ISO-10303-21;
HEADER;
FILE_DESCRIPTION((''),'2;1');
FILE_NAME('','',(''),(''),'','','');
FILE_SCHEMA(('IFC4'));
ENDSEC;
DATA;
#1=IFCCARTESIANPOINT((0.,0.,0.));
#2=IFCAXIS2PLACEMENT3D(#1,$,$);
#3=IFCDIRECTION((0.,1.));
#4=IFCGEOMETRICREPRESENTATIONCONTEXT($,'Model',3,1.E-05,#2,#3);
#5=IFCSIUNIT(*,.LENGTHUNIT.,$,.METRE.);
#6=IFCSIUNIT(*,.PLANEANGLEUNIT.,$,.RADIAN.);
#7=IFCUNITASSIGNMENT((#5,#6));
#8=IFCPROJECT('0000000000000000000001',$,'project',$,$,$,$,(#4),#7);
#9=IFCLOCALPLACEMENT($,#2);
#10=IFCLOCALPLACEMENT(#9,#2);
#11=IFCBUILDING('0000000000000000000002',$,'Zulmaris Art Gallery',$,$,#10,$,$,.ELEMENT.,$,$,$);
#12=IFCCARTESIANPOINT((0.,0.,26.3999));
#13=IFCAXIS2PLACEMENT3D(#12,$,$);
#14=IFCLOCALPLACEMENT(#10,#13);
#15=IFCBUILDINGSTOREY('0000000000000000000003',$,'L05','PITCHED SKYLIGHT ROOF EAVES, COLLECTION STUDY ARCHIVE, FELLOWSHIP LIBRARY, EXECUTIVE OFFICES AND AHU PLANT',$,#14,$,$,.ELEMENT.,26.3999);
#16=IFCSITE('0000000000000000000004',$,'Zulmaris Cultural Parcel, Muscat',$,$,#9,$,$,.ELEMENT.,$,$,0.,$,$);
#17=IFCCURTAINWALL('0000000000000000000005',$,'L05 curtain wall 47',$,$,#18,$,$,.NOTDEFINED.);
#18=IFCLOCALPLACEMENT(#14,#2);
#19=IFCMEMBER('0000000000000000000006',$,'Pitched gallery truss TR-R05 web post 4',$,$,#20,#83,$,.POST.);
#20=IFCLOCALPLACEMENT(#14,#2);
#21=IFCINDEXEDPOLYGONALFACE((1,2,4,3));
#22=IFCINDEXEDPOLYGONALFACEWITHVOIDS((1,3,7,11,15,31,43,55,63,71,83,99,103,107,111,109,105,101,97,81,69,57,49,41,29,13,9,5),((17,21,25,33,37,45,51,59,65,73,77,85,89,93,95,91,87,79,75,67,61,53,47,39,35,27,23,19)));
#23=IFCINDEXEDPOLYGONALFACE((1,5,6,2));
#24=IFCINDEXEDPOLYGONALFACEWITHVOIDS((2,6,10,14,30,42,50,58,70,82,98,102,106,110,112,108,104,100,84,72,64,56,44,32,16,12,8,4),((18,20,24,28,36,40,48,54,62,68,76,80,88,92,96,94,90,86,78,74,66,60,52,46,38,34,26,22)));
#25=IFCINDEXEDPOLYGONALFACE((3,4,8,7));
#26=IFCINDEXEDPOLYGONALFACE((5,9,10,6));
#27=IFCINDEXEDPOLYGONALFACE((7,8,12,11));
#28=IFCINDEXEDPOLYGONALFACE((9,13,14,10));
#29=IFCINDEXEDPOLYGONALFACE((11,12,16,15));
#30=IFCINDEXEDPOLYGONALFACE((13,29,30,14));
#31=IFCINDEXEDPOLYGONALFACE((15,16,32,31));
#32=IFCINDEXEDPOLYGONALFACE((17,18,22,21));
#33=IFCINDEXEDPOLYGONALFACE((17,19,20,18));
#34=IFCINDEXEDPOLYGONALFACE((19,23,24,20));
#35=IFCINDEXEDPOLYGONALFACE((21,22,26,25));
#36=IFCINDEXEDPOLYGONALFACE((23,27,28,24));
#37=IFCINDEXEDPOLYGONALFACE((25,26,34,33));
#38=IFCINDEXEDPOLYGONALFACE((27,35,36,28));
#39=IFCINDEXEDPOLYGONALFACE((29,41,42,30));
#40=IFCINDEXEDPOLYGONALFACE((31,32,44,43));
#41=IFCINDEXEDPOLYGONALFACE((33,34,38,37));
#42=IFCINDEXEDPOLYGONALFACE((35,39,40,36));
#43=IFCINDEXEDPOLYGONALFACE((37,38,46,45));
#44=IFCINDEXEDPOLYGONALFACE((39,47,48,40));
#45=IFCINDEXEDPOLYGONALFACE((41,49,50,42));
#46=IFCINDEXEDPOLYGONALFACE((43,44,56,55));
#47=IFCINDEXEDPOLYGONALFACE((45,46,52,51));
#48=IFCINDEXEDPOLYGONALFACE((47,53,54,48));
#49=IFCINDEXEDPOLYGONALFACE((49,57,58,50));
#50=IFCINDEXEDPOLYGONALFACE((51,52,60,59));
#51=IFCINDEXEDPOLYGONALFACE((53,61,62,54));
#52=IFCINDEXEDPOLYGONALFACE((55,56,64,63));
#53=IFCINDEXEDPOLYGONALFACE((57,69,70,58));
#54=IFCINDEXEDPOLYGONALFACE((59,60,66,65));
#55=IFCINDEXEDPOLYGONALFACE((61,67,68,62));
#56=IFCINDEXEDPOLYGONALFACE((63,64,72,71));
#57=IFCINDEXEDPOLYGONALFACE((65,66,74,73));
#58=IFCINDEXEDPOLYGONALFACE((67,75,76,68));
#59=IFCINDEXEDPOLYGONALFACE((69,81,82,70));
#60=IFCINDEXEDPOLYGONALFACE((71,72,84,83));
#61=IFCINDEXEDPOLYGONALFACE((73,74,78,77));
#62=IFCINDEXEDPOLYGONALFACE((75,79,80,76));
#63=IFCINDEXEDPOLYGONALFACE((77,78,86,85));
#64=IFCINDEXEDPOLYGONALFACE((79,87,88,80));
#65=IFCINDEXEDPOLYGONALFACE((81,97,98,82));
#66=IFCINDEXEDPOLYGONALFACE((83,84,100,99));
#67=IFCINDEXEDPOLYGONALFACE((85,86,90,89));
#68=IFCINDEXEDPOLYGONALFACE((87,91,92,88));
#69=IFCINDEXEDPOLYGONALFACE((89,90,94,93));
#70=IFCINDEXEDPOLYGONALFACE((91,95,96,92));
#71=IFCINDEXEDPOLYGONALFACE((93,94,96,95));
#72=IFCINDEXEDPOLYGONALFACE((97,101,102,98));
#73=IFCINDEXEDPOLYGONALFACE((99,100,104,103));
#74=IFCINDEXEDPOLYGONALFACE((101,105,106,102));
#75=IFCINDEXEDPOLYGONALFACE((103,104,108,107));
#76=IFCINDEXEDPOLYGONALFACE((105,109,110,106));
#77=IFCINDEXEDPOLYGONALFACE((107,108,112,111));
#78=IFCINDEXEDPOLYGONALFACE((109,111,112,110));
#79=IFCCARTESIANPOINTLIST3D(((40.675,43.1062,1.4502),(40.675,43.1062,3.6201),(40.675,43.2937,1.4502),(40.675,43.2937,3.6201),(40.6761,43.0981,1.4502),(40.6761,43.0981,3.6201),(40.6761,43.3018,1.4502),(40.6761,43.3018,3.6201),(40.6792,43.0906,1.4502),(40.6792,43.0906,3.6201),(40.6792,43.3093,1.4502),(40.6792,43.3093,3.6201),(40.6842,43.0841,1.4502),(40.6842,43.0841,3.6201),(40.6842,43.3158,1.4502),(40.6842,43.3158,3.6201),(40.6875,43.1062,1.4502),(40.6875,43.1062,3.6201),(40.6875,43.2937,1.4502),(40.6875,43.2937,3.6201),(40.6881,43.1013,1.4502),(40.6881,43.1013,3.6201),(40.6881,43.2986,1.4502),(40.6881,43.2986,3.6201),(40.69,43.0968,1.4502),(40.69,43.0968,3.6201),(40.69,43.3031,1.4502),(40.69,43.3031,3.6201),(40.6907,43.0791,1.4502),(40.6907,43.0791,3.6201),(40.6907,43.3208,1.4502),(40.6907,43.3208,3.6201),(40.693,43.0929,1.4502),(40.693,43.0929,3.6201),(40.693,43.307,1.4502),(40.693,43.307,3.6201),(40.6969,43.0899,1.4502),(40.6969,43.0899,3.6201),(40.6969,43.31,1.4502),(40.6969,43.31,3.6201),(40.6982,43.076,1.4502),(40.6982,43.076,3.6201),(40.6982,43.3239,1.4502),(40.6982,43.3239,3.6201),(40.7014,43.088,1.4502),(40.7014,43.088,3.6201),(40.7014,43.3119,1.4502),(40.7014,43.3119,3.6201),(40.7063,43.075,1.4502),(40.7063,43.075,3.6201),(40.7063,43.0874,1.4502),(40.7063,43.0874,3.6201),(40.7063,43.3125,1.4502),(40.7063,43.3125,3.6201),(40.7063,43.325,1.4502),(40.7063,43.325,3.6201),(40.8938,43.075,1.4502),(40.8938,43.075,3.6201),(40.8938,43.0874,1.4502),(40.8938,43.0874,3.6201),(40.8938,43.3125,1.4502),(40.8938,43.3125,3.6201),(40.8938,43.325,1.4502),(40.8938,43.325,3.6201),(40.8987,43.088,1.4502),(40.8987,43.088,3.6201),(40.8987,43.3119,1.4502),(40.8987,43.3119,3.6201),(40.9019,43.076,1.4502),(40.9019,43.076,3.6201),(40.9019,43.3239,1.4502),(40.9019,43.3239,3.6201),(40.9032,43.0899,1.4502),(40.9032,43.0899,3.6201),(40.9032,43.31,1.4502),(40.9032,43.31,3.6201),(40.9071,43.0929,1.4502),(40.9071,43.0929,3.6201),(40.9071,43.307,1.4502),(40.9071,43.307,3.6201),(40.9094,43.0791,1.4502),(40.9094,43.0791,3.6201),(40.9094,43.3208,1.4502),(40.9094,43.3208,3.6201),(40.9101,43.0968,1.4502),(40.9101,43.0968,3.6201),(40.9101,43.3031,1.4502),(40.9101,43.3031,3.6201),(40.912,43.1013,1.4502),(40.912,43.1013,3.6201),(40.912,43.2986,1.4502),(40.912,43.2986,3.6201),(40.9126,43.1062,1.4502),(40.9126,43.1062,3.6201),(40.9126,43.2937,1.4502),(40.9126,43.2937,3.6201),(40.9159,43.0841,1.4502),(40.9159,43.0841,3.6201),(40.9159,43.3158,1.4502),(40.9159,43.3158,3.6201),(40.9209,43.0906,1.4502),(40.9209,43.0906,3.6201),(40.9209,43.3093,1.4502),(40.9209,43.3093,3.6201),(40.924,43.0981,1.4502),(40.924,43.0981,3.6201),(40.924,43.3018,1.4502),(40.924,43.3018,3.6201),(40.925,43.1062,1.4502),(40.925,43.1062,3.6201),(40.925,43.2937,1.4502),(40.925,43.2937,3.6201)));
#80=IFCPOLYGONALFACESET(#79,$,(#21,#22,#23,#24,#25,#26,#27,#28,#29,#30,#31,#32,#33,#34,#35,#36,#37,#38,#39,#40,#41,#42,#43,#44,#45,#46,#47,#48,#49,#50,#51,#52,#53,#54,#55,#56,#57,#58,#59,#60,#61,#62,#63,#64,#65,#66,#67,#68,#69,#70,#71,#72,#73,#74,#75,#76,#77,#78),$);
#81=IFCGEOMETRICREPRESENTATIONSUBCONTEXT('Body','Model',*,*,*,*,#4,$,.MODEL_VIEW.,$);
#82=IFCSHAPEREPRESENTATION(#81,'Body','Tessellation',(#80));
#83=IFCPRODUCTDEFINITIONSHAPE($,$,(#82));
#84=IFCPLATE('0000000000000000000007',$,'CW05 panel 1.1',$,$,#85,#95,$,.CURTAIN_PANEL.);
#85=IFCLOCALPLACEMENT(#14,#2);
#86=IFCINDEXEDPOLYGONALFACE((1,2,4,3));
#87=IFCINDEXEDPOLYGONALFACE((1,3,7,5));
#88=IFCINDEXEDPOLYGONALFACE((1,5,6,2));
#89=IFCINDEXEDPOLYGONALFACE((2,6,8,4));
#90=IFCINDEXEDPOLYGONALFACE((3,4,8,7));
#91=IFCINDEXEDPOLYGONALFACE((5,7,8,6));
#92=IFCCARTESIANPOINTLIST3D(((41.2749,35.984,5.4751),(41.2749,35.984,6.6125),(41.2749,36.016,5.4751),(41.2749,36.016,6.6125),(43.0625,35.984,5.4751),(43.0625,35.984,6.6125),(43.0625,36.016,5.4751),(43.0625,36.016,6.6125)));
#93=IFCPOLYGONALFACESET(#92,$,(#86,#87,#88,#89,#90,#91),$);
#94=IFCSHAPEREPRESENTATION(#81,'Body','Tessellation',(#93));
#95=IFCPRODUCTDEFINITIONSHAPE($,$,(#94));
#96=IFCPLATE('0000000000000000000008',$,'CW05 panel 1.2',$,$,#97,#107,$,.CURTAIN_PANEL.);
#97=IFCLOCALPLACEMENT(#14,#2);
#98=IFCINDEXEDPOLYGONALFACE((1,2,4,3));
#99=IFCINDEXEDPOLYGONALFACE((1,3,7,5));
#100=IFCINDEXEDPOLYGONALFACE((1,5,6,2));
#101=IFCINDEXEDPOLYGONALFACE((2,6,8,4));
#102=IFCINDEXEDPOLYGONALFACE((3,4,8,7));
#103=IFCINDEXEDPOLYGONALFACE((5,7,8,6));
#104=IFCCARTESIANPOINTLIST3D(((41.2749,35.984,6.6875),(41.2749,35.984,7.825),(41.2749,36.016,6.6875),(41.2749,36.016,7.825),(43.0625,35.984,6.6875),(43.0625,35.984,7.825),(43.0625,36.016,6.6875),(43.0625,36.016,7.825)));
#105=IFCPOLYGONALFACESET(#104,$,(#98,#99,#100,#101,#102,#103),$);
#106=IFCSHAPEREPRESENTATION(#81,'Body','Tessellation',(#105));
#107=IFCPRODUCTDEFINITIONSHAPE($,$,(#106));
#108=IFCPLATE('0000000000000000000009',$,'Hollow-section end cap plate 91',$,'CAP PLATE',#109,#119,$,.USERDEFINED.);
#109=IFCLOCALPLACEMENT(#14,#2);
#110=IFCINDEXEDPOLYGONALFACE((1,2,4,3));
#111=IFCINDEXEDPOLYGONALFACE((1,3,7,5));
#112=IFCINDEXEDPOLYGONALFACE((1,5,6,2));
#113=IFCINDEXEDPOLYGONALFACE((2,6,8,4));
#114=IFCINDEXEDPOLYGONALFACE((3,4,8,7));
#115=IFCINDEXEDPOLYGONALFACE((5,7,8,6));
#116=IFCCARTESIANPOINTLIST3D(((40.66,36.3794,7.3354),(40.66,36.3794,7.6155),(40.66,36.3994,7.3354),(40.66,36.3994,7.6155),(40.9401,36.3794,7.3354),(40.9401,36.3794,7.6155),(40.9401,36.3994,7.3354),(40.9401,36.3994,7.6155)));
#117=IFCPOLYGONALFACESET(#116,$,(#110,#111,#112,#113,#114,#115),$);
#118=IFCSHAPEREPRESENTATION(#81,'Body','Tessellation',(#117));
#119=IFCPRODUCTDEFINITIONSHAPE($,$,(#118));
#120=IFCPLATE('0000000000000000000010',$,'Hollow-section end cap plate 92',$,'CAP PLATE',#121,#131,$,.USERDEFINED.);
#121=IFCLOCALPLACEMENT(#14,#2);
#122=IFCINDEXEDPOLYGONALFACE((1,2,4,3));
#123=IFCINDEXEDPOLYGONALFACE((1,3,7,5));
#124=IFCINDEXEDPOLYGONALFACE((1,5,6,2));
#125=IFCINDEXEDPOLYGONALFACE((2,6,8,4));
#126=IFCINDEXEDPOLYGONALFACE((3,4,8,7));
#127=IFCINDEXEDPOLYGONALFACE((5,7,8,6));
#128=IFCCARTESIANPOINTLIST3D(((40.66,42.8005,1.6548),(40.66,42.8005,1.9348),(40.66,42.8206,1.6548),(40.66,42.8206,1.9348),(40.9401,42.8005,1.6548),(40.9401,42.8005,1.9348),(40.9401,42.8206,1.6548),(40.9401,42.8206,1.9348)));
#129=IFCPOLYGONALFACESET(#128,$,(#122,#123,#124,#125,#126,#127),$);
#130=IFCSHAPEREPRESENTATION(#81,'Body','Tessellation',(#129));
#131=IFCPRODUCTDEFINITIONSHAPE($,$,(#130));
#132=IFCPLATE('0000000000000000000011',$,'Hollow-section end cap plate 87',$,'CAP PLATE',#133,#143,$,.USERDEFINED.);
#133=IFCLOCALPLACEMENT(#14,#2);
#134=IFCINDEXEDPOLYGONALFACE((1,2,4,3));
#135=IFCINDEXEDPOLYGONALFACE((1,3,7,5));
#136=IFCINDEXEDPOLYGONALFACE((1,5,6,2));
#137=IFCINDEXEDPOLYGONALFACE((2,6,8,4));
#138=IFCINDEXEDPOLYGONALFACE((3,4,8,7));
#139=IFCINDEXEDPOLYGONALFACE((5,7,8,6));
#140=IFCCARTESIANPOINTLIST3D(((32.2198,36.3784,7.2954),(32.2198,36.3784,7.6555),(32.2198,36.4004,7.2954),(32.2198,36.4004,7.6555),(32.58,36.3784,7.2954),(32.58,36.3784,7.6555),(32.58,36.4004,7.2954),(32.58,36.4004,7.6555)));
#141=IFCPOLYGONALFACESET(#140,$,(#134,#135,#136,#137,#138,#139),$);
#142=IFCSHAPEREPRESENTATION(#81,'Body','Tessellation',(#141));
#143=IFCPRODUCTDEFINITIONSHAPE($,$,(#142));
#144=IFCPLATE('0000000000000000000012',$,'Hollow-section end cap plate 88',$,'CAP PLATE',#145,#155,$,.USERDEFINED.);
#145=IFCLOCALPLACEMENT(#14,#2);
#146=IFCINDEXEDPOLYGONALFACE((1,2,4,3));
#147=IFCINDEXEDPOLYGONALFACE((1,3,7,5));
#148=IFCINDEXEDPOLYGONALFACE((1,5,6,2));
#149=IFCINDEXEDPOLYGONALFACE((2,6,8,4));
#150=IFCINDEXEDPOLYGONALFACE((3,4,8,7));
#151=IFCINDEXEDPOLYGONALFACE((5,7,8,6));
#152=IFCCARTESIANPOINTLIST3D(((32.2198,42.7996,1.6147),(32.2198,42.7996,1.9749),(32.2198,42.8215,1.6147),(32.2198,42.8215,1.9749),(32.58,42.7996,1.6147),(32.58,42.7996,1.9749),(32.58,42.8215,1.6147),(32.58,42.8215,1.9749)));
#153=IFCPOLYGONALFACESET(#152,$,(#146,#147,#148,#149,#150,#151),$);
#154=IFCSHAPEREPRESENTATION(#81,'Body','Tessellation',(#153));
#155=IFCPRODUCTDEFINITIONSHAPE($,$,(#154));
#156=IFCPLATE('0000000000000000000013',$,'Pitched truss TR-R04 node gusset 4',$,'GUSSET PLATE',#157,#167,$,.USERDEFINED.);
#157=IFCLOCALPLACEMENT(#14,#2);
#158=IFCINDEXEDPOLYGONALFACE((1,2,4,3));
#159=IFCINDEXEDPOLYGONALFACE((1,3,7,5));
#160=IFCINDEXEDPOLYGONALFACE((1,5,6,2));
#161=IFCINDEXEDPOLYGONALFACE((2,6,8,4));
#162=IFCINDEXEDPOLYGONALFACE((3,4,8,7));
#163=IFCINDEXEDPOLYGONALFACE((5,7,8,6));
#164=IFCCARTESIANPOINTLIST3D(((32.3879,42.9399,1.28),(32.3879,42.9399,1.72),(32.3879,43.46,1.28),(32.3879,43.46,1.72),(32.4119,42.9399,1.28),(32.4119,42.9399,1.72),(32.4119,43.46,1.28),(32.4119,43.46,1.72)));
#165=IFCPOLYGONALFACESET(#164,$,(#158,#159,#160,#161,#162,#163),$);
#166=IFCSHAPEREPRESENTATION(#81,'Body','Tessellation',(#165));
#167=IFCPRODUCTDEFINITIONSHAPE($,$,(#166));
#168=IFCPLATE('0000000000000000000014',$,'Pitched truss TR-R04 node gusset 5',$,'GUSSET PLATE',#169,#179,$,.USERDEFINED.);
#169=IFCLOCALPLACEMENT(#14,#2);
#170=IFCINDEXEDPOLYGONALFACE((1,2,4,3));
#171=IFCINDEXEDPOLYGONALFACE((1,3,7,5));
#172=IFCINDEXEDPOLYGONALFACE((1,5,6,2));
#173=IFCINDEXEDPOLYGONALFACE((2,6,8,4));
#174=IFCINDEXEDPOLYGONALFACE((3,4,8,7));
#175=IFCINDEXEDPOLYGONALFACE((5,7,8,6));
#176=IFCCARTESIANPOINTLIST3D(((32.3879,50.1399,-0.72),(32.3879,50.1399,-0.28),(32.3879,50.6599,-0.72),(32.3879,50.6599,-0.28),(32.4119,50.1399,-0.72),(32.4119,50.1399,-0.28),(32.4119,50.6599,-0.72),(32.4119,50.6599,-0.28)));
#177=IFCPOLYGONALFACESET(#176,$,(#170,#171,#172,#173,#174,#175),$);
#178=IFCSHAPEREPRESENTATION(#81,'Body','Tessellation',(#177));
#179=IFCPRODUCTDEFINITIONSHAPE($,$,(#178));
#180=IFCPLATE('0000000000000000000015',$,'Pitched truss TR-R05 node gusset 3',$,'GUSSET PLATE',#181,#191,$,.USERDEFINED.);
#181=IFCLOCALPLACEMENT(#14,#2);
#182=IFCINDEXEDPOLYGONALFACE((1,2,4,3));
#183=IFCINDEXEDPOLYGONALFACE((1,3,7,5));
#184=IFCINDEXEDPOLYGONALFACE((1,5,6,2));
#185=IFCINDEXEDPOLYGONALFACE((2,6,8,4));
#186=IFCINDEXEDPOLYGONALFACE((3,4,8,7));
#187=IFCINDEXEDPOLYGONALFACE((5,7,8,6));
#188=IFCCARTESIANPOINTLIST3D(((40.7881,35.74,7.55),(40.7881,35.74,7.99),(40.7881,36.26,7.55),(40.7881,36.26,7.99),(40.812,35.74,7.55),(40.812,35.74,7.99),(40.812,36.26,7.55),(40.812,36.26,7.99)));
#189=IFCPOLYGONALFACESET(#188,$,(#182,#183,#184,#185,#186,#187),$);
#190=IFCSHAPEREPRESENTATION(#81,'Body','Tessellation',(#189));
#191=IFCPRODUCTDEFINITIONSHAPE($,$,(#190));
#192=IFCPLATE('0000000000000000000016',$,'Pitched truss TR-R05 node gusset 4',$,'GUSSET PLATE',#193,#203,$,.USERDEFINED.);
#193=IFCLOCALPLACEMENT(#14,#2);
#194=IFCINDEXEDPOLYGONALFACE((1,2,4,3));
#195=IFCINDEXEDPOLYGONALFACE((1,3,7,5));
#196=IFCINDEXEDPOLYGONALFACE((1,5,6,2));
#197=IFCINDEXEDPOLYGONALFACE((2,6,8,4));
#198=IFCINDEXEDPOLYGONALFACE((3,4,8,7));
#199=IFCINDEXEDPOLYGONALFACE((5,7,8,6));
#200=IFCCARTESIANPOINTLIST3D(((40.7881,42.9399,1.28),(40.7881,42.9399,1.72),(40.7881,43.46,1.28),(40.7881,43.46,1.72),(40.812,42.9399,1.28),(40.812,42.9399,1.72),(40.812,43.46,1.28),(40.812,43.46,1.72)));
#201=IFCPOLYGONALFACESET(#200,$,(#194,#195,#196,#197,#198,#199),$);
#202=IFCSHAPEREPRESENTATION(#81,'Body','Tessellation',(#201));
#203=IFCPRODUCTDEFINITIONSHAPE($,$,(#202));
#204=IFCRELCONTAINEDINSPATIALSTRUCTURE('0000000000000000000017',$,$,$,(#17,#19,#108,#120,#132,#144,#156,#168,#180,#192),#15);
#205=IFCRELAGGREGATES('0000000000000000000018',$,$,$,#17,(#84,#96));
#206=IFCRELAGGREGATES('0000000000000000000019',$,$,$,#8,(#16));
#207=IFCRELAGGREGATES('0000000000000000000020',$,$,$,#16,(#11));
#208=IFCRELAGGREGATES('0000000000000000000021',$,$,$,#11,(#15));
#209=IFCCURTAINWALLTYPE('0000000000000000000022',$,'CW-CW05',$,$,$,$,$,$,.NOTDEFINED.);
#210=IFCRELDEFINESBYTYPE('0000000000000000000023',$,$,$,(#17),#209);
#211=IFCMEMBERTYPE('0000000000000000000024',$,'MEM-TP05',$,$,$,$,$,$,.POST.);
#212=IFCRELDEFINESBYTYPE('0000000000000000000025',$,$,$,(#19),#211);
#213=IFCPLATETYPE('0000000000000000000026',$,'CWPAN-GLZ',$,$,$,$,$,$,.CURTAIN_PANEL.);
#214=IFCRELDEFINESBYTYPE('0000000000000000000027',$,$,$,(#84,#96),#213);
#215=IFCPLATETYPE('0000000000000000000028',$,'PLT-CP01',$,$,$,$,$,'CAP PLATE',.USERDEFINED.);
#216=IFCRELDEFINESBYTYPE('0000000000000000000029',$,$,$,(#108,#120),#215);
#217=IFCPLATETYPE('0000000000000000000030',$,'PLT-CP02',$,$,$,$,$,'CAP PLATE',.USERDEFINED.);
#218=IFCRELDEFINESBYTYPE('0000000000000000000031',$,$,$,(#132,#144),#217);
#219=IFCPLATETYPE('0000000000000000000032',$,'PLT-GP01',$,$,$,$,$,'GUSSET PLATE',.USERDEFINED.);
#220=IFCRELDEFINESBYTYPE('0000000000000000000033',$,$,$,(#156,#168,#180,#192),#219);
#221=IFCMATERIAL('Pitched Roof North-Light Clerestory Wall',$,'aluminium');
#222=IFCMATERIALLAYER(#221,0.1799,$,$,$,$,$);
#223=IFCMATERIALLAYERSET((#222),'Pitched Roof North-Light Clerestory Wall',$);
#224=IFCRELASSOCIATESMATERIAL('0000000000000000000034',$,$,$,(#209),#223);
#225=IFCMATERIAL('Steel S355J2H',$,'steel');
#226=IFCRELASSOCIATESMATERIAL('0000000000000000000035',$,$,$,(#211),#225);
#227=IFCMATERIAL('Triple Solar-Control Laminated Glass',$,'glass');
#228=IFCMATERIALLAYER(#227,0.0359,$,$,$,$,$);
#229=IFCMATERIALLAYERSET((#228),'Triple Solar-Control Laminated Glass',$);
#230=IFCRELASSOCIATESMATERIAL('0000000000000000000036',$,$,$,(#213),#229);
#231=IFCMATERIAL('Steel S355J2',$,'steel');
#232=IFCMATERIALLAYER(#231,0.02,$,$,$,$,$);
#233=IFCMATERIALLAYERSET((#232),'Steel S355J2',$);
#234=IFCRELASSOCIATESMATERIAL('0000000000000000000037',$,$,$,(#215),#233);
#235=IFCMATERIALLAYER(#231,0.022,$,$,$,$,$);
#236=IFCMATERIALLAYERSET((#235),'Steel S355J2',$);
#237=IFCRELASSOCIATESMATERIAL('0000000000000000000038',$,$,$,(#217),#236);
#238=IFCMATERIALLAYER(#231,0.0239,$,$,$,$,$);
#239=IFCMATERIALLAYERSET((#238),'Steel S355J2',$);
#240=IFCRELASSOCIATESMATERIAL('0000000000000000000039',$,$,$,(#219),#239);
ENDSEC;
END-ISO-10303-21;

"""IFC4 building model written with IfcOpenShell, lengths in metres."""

from ifc_helpers import new_model, si_unit, direction, frame, origin, origin_2d, place, context, subcontext, project, spatial, rectangle, hollow_rectangle, extrude, material, layer, layer_set, material_profile, profile_set, type_object, element, aggregate, save


model = new_model("IFC4")

# Units and contexts
model_context = context("Model", 3, precision=1e-05, world=origin(), true_north=direction((0.0, 1.0)))
body_context = subcontext(model_context, "Body", "Model", "MODEL_VIEW")
ifc_project = project(units=[si_unit("LENGTHUNIT", "METRE"), si_unit("PLANEANGLEUNIT", "RADIAN")], contexts=[model_context])

# Site, building, storey
site_placement = place(None, origin())
site = spatial("IfcSite", under=ifc_project, at=site_placement, Name="Zulmaris Cultural Parcel, Muscat", CompositionType="ELEMENT", RefElevation=0.0)
building_placement = place(site_placement, origin())
building = spatial("IfcBuilding", under=site, at=building_placement, Name="Zulmaris Art Gallery", CompositionType="ELEMENT")
storey_placement = place(building_placement, frame((0.0, 0.0, 26.3999)))
storey = spatial("IfcBuildingStorey", under=building, at=storey_placement, Name="L05", Description="PITCHED SKYLIGHT ROOF EAVES, COLLECTION STUDY ARCHIVE, FELLOWSHIP LIBRARY, EXECUTIVE OFFICES AND AHU PLANT", CompositionType="ELEMENT", Elevation=26.3999)

# Shared definitions
ifc_material_1 = material(Name="Pitched Roof North-Light Clerestory Wall", Category="aluminium")
ifc_layer_1 = layer(ifc_material_1, 0.1799)
ifc_layer_set_1 = layer_set([ifc_layer_1], Name="Pitched Roof North-Light Clerestory Wall")
curtain_wall_type = type_object("IfcCurtainWallType", Name="CW-CW05", PredefinedType="NOTDEFINED", material=ifc_layer_set_1)

# Curtain wall
curtain_wall_1_placement = place(storey_placement, origin())
curtain_wall_1 = element("IfcCurtainWall", 1, at=curtain_wall_1_placement, inside=storey, type_object=curtain_wall_type, Name="L05 curtain wall 47", PredefinedType="NOTDEFINED")

# Member
ifc_material_2 = material(Name="Steel S355J2H", Category="steel")
ifc_material_3 = material(Name="Steel S355J2", Category="steel")
ifc_material_profile_1 = material_profile(ifc_material_2, hollow_rectangle(XDim=0.25, YDim=0.25, WallThickness=0.0125, InnerFilletRadius=0.0188, OuterFilletRadius=0.0312, at=origin_2d()), Name="SHS 250x250x12.5")
ifc_profile_set_1 = profile_set([ifc_material_profile_1], Name="Steel S355J2H")
member_type_1 = type_object("IfcMemberType", Name="MEM-TP05", PredefinedType="POST", material=ifc_profile_set_1)
for number, where, z_axis, x_axis, name in (
    (2, (40.8, 43.2, 1.4502), (0.0, 0.0, 1.0), (1.0, 0.0, 0.0), "Pitched gallery truss TR-R05 web post 4"),
):
    element("IfcMember", number, at=place(storey_placement, frame(where, z_axis=z_axis, x_axis=x_axis)), inside=storey, type_object=member_type_1, Name=name, PredefinedType="POST", context=body_context, shape_type="SweptSolid", body=[
        extrude(hollow_rectangle(XDim=0.25, YDim=0.25, WallThickness=0.0125, InnerFilletRadius=0.0188, OuterFilletRadius=0.0312, at=origin_2d()), origin(), (0.0, 0.0, 1.0), 2.1699),
    ])

# Plates
ifc_material_4 = material(Name="Triple Solar-Control Laminated Glass", Category="glass")
ifc_layer_2 = layer(ifc_material_4, 0.0359)
ifc_layer_set_2 = layer_set([ifc_layer_2], Name="Triple Solar-Control Laminated Glass")
plate_type_1 = type_object("IfcPlateType", Name="CWPAN-GLZ", PredefinedType="CURTAIN_PANEL", material=ifc_layer_set_2)
plate_1_placement = place(storey_placement, frame((42.1687, 36.0, 5.4751), z_axis=(0.0, 0.0, 1.0), x_axis=(1.0, 0.0, 0.0)))
plate_1 = element("IfcPlate", 3, at=plate_1_placement, type_object=plate_type_1, Name="CW05 panel 1.1", PredefinedType="CURTAIN_PANEL", context=body_context, shape_type="SweptSolid", body=[
    extrude(rectangle(XDim=1.7876, YDim=0.032, at=origin_2d()), origin(), (0.0, 0.0, 1.0), 1.1375),
])
plate_2_placement = place(storey_placement, frame((42.1687, 36.0, 6.6875), z_axis=(0.0, 0.0, 1.0), x_axis=(1.0, 0.0, 0.0)))
plate_2 = element("IfcPlate", 4, at=plate_2_placement, type_object=plate_type_1, Name="CW05 panel 1.2", PredefinedType="CURTAIN_PANEL", context=body_context, shape_type="SweptSolid", body=[
    extrude(rectangle(XDim=1.7876, YDim=0.032, at=origin_2d()), origin(), (0.0, 0.0, 1.0), 1.1375),
])
aggregate(curtain_wall_1, [plate_1, plate_2])

# Plates
ifc_layer_3 = layer(ifc_material_3, 0.02)
ifc_layer_set_3 = layer_set([ifc_layer_3], Name="Steel S355J2")
plate_type_2 = type_object("IfcPlateType", Name="PLT-CP01", ElementType="CAP PLATE", PredefinedType="USERDEFINED", material=ifc_layer_set_3)
for number, where, z_axis, x_axis, name in (
    (5, (40.8, 36.3894, 7.3354), (0.0, 0.0, 1.0), (1.0, 0.0, 0.0), "Hollow-section end cap plate 91"),
    (6, (40.8, 42.8105, 1.6548), (0.0, 0.0, 1.0), (1.0, 0.0, 0.0), "Hollow-section end cap plate 92"),
):
    element("IfcPlate", number, at=place(storey_placement, frame(where, z_axis=z_axis, x_axis=x_axis)), inside=storey, type_object=plate_type_2, Name=name, ObjectType="CAP PLATE", PredefinedType="USERDEFINED", context=body_context, shape_type="SweptSolid", body=[
        extrude(rectangle(XDim=0.28, YDim=0.02, at=origin_2d()), origin(), (0.0, 0.0, 1.0), 0.28),
    ])
ifc_layer_4 = layer(ifc_material_3, 0.022)
ifc_layer_set_4 = layer_set([ifc_layer_4], Name="Steel S355J2")
plate_type_3 = type_object("IfcPlateType", Name="PLT-CP02", ElementType="CAP PLATE", PredefinedType="USERDEFINED", material=ifc_layer_set_4)
for number, where, z_axis, x_axis, name in (
    (7, (32.3999, 36.3894, 7.2954), (0.0, 0.0, 1.0), (1.0, 0.0, 0.0), "Hollow-section end cap plate 87"),
    (8, (32.3999, 42.8105, 1.6147), (0.0, 0.0, 1.0), (1.0, 0.0, 0.0), "Hollow-section end cap plate 88"),
):
    element("IfcPlate", number, at=place(storey_placement, frame(where, z_axis=z_axis, x_axis=x_axis)), inside=storey, type_object=plate_type_3, Name=name, ObjectType="CAP PLATE", PredefinedType="USERDEFINED", context=body_context, shape_type="SweptSolid", body=[
        extrude(rectangle(XDim=0.3601, YDim=0.022, at=origin_2d()), origin(), (0.0, 0.0, 1.0), 0.3601),
    ])
ifc_layer_5 = layer(ifc_material_3, 0.0239)
ifc_layer_set_5 = layer_set([ifc_layer_5], Name="Steel S355J2")
plate_type_4 = type_object("IfcPlateType", Name="PLT-GP01", ElementType="GUSSET PLATE", PredefinedType="USERDEFINED", material=ifc_layer_set_5)
for number, where, z_axis, x_axis, name in (
    (9, (32.3999, 43.2, 1.28), (0.0, 0.0, 1.0), (1.0, 0.0, 0.0), "Pitched truss TR-R04 node gusset 4"),
    (10, (32.3999, 50.3999, -0.72), (0.0, 0.0, 1.0), (1.0, 0.0, 0.0), "Pitched truss TR-R04 node gusset 5"),
    (11, (40.8, 36.0, 7.55), (0.0, 0.0, 1.0), (1.0, 0.0, 0.0), "Pitched truss TR-R05 node gusset 3"),
    (12, (40.8, 43.2, 1.28), (0.0, 0.0, 1.0), (1.0, 0.0, 0.0), "Pitched truss TR-R05 node gusset 4"),
):
    element("IfcPlate", number, at=place(storey_placement, frame(where, z_axis=z_axis, x_axis=x_axis)), inside=storey, type_object=plate_type_4, Name=name, ObjectType="GUSSET PLATE", PredefinedType="USERDEFINED", context=body_context, shape_type="SweptSolid", body=[
        extrude(rectangle(XDim=0.0239, YDim=0.52, at=origin_2d()), origin(), (0.0, 0.0, 1.0), 0.4399),
    ])

save(model, "model.ifc")
